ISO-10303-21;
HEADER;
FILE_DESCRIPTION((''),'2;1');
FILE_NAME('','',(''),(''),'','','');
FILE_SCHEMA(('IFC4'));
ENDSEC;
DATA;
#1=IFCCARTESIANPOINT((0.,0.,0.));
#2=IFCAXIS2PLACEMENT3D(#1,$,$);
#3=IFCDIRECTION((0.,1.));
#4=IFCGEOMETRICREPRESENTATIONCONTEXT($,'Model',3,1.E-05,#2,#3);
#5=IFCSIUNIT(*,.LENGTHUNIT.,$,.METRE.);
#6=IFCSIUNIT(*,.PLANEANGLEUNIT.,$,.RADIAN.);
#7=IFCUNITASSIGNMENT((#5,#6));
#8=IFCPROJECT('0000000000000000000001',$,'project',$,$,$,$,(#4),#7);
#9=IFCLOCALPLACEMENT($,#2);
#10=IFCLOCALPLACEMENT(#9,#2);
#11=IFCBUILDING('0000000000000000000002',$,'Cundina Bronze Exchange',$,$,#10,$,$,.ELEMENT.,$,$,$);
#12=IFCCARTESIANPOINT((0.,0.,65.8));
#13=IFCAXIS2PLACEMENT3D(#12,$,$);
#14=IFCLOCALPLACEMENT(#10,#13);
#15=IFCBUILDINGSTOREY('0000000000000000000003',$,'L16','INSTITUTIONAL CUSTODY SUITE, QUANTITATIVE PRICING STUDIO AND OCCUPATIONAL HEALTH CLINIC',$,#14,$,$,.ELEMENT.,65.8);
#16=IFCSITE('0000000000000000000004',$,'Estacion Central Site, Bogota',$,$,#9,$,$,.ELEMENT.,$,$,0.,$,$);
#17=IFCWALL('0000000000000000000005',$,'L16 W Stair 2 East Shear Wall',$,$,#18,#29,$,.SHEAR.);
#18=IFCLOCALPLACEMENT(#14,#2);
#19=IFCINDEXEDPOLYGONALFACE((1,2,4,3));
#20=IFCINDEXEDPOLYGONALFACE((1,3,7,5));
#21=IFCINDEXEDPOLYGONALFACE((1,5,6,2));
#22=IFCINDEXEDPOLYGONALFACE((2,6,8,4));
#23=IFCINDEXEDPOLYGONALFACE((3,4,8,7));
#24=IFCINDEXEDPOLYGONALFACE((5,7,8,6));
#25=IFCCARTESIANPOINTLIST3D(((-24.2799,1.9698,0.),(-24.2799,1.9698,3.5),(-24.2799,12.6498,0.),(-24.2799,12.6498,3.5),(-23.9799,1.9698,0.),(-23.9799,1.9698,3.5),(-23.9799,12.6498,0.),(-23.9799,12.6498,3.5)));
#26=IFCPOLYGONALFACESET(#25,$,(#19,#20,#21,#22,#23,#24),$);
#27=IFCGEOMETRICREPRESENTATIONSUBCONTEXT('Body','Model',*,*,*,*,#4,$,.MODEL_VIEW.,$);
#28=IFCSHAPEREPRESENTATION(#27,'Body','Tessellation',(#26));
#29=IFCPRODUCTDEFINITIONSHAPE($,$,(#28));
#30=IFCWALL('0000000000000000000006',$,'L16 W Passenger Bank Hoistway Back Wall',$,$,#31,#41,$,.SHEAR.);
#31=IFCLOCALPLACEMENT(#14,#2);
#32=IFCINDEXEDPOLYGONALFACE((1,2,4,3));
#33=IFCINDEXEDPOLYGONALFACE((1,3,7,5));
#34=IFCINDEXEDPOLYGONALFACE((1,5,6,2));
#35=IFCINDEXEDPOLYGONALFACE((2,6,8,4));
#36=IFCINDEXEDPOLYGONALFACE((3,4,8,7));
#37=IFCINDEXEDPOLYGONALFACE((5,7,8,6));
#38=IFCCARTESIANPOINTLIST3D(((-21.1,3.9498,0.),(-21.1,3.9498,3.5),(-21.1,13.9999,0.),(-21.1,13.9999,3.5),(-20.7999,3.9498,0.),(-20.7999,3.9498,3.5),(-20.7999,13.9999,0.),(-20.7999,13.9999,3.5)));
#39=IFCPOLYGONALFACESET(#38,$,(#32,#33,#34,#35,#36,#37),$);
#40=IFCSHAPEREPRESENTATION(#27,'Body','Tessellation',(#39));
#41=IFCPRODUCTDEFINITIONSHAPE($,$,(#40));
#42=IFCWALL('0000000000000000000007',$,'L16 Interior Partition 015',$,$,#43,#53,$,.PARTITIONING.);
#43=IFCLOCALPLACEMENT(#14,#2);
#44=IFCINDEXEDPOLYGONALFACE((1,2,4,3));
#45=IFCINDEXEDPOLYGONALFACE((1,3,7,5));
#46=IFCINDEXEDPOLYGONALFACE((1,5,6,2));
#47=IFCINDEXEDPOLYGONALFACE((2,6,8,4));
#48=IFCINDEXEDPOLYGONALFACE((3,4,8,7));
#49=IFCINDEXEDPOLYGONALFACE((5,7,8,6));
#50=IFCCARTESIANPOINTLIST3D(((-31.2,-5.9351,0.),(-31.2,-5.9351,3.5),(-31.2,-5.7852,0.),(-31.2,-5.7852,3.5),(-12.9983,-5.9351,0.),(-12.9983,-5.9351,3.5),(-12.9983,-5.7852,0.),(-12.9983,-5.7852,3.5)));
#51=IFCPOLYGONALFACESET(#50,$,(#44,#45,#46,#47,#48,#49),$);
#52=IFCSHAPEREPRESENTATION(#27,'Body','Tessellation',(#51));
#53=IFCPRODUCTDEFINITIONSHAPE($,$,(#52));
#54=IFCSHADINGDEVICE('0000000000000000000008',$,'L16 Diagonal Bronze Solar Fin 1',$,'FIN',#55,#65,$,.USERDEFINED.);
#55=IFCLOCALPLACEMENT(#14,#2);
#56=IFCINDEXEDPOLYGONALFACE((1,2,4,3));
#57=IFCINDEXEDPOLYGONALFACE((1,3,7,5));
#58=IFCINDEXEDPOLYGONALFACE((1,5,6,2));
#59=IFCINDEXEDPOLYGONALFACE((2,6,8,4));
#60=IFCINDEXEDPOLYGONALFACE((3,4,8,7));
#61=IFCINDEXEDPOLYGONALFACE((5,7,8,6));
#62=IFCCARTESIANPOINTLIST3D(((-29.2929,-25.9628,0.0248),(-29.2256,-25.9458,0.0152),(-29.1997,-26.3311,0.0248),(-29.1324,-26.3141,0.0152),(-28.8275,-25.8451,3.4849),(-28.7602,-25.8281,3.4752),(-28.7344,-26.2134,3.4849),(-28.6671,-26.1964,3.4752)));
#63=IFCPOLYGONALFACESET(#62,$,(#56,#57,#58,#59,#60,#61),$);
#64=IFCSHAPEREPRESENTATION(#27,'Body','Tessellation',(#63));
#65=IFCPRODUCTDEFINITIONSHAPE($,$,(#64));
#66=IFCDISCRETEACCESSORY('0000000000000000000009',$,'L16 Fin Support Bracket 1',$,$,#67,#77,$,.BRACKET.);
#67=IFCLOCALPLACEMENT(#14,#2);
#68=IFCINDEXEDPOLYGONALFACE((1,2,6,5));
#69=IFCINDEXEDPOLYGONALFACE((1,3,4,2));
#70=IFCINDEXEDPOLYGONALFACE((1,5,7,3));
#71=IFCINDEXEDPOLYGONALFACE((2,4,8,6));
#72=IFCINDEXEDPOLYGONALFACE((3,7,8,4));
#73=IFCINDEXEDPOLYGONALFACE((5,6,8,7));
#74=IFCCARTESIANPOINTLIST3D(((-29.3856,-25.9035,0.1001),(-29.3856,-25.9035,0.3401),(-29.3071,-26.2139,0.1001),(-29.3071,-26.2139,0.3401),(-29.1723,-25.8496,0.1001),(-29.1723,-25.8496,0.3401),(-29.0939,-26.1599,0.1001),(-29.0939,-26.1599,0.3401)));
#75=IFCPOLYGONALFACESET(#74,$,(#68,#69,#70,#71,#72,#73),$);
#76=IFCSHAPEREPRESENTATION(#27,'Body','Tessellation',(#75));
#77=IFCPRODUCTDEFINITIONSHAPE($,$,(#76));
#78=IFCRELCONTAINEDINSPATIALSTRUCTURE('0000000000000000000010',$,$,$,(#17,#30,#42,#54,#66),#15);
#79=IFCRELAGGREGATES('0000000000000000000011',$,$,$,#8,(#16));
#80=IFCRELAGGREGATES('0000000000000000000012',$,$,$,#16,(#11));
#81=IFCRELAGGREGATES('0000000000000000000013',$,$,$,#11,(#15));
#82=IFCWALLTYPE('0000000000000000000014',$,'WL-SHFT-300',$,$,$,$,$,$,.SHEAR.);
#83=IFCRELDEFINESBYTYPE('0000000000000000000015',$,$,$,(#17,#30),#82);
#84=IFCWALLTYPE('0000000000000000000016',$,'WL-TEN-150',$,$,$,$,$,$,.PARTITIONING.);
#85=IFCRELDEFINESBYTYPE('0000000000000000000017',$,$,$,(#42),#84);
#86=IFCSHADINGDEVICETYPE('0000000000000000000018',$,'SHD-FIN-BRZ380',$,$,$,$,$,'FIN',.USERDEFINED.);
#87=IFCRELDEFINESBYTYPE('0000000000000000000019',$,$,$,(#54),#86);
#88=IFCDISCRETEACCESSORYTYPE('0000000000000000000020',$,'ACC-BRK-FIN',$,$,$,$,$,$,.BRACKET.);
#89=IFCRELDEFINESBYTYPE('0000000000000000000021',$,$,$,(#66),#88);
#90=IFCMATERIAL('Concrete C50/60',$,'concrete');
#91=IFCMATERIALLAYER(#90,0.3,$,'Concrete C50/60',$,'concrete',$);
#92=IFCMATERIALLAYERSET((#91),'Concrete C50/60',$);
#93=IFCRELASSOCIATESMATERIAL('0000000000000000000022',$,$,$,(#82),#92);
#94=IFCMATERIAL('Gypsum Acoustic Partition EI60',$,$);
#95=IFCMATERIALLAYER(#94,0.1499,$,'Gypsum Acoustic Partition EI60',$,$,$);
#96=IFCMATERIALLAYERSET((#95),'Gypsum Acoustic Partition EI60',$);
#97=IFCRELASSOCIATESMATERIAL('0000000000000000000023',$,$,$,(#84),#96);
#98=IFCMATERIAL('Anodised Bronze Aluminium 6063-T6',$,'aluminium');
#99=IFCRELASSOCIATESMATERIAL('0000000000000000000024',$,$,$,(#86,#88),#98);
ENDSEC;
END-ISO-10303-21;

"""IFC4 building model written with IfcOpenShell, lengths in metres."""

from ifc_helpers import new_model, si_unit, direction, frame, frame_2d, origin, origin_2d, place, context, subcontext, project, spatial, rectangle, extrude, material, layer, layer_set, material_profile, profile_set, type_object, element, save


model = new_model("IFC4")

# Units and contexts
model_context = context("Model", 3, precision=1e-05, world=origin(), true_north=direction((0.0, 1.0)))
body_context = subcontext(model_context, "Body", "Model", "MODEL_VIEW")
ifc_project = project(units=[si_unit("LENGTHUNIT", "METRE"), si_unit("PLANEANGLEUNIT", "RADIAN")], contexts=[model_context])

# Site, building, storey
site_placement = place(None, origin())
site = spatial("IfcSite", under=ifc_project, at=site_placement, Name="Estacion Central Site, Bogota", CompositionType="ELEMENT", RefElevation=0.0)
building_placement = place(site_placement, origin())
building = spatial("IfcBuilding", under=site, at=building_placement, Name="Cundina Bronze Exchange", CompositionType="ELEMENT")
storey_placement = place(building_placement, frame((0.0, 0.0, 65.8)))
storey = spatial("IfcBuildingStorey", under=building, at=storey_placement, Name="L16", Description="INSTITUTIONAL CUSTODY SUITE, QUANTITATIVE PRICING STUDIO AND OCCUPATIONAL HEALTH CLINIC", CompositionType="ELEMENT", Elevation=65.8)

# Shared definitions
ifc_material_1 = material(Name="Anodised Bronze Aluminium 6063-T6", Category="aluminium")

# Walls
ifc_material_2 = material(Name="Concrete C50/60", Category="concrete")
ifc_layer_1 = layer(ifc_material_2, 0.3, Name="Concrete C50/60", Category="concrete")
ifc_layer_set_1 = layer_set([ifc_layer_1], Name="Concrete C50/60")
wall_type_1 = type_object("IfcWallType", Name="WL-SHFT-300", PredefinedType="SHEAR", material=ifc_layer_set_1)
for number, where, z_axis, x_axis, name in (
    (1, (-24.1299, 1.97, 0.0), (0.0, 0.0, 1.0), (0.0, 1.0, 0.0), "L16 W Stair 2 East Shear Wall"),
):
    element("IfcWall", number, at=place(storey_placement, frame(where, z_axis=z_axis, x_axis=x_axis)), inside=storey, type_object=wall_type_1, Name=name, PredefinedType="SHEAR", context=body_context, shape_type="SweptSolid", body=[
        extrude(rectangle(XDim=10.6799, YDim=0.3, at=frame_2d((5.3398, 0.0))), origin(), (0.0, 0.0, 1.0), 3.5),
    ])
wall_1_placement = place(storey_placement, frame((-20.95, 3.95, 0.0), z_axis=(0.0, 0.0, 1.0), x_axis=(0.0, 1.0, 0.0)))
element("IfcWall", 2, at=wall_1_placement, inside=storey, type_object=wall_type_1, Name="L16 W Passenger Bank Hoistway Back Wall", PredefinedType="SHEAR", context=body_context, shape_type="SweptSolid", body=[
    extrude(rectangle(XDim=10.05, YDim=0.3, at=frame_2d((5.0249, 0.0))), origin(), (0.0, 0.0, 1.0), 3.5),
])
ifc_material_3 = material(Name="Gypsum Acoustic Partition EI60")
ifc_layer_2 = layer(ifc_material_3, 0.1499, Name="Gypsum Acoustic Partition EI60")
ifc_layer_set_2 = layer_set([ifc_layer_2], Name="Gypsum Acoustic Partition EI60")
wall_type_2 = type_object("IfcWallType", Name="WL-TEN-150", PredefinedType="PARTITIONING", material=ifc_layer_set_2)
wall_2_placement = place(storey_placement, frame((-31.2, -5.8601, 0.0), z_axis=(0.0, 0.0, 1.0), x_axis=(1.0, 0.0, 0.0)))
element("IfcWall", 3, at=wall_2_placement, inside=storey, type_object=wall_type_2, Name="L16 Interior Partition 015", PredefinedType="PARTITIONING", context=body_context, shape_type="SweptSolid", body=[
    extrude(rectangle(XDim=18.2017, YDim=0.1499, at=frame_2d((9.1008, 0.0))), origin(), (0.0, 0.0, 1.0), 3.5),
])

# Shading device
ifc_material_profile_1 = material_profile(ifc_material_1, rectangle(XDim=0.0701, YDim=0.3799, at=origin_2d()), Name="FIN70X380", Category="aluminium")
ifc_profile_set_1 = profile_set([ifc_material_profile_1], Name="Anodised Bronze Aluminium 6063-T6")
shading_device_type = type_object("IfcShadingDeviceType", Name="SHD-FIN-BRZ380", ElementType="FIN", PredefinedType="USERDEFINED", material=ifc_profile_set_1)
shading_device_placement = place(storey_placement, frame((-29.2126, -26.1384, 0.02), z_axis=(0.133215, 0.033688, 0.990514), x_axis=(-0.960285, -0.242842, 0.137408)))
element("IfcShadingDevice", 4, at=shading_device_placement, inside=storey, type_object=shading_device_type, Name="L16 Diagonal Bronze Solar Fin 1", ObjectType="FIN", PredefinedType="USERDEFINED", context=body_context, shape_type="SweptSolid", body=[
    extrude(rectangle(XDim=0.0701, YDim=0.3799, at=origin_2d()), origin(), (0.0, 0.0, 1.0), 3.4932),
])

# Discrete accessory
discrete_accessory_type = type_object("IfcDiscreteAccessoryType", Name="ACC-BRK-FIN", PredefinedType="BRACKET", material=ifc_material_1)
discrete_accessory_placement = place(storey_placement, frame((-29.2397, -26.0317, 0.1001), z_axis=(0.0, 0.0, 1.0), x_axis=(0.969488, 0.245138, 0.0)))
element("IfcDiscreteAccessory", 5, at=discrete_accessory_placement, inside=storey, type_object=discrete_accessory_type, Name="L16 Fin Support Bracket 1", PredefinedType="BRACKET", context=body_context, shape_type="SweptSolid", body=[
    extrude(rectangle(XDim=0.22, YDim=0.3201, at=origin_2d()), origin(), (0.0, 0.0, 1.0), 0.24),
])

save(model, "model.ifc")
